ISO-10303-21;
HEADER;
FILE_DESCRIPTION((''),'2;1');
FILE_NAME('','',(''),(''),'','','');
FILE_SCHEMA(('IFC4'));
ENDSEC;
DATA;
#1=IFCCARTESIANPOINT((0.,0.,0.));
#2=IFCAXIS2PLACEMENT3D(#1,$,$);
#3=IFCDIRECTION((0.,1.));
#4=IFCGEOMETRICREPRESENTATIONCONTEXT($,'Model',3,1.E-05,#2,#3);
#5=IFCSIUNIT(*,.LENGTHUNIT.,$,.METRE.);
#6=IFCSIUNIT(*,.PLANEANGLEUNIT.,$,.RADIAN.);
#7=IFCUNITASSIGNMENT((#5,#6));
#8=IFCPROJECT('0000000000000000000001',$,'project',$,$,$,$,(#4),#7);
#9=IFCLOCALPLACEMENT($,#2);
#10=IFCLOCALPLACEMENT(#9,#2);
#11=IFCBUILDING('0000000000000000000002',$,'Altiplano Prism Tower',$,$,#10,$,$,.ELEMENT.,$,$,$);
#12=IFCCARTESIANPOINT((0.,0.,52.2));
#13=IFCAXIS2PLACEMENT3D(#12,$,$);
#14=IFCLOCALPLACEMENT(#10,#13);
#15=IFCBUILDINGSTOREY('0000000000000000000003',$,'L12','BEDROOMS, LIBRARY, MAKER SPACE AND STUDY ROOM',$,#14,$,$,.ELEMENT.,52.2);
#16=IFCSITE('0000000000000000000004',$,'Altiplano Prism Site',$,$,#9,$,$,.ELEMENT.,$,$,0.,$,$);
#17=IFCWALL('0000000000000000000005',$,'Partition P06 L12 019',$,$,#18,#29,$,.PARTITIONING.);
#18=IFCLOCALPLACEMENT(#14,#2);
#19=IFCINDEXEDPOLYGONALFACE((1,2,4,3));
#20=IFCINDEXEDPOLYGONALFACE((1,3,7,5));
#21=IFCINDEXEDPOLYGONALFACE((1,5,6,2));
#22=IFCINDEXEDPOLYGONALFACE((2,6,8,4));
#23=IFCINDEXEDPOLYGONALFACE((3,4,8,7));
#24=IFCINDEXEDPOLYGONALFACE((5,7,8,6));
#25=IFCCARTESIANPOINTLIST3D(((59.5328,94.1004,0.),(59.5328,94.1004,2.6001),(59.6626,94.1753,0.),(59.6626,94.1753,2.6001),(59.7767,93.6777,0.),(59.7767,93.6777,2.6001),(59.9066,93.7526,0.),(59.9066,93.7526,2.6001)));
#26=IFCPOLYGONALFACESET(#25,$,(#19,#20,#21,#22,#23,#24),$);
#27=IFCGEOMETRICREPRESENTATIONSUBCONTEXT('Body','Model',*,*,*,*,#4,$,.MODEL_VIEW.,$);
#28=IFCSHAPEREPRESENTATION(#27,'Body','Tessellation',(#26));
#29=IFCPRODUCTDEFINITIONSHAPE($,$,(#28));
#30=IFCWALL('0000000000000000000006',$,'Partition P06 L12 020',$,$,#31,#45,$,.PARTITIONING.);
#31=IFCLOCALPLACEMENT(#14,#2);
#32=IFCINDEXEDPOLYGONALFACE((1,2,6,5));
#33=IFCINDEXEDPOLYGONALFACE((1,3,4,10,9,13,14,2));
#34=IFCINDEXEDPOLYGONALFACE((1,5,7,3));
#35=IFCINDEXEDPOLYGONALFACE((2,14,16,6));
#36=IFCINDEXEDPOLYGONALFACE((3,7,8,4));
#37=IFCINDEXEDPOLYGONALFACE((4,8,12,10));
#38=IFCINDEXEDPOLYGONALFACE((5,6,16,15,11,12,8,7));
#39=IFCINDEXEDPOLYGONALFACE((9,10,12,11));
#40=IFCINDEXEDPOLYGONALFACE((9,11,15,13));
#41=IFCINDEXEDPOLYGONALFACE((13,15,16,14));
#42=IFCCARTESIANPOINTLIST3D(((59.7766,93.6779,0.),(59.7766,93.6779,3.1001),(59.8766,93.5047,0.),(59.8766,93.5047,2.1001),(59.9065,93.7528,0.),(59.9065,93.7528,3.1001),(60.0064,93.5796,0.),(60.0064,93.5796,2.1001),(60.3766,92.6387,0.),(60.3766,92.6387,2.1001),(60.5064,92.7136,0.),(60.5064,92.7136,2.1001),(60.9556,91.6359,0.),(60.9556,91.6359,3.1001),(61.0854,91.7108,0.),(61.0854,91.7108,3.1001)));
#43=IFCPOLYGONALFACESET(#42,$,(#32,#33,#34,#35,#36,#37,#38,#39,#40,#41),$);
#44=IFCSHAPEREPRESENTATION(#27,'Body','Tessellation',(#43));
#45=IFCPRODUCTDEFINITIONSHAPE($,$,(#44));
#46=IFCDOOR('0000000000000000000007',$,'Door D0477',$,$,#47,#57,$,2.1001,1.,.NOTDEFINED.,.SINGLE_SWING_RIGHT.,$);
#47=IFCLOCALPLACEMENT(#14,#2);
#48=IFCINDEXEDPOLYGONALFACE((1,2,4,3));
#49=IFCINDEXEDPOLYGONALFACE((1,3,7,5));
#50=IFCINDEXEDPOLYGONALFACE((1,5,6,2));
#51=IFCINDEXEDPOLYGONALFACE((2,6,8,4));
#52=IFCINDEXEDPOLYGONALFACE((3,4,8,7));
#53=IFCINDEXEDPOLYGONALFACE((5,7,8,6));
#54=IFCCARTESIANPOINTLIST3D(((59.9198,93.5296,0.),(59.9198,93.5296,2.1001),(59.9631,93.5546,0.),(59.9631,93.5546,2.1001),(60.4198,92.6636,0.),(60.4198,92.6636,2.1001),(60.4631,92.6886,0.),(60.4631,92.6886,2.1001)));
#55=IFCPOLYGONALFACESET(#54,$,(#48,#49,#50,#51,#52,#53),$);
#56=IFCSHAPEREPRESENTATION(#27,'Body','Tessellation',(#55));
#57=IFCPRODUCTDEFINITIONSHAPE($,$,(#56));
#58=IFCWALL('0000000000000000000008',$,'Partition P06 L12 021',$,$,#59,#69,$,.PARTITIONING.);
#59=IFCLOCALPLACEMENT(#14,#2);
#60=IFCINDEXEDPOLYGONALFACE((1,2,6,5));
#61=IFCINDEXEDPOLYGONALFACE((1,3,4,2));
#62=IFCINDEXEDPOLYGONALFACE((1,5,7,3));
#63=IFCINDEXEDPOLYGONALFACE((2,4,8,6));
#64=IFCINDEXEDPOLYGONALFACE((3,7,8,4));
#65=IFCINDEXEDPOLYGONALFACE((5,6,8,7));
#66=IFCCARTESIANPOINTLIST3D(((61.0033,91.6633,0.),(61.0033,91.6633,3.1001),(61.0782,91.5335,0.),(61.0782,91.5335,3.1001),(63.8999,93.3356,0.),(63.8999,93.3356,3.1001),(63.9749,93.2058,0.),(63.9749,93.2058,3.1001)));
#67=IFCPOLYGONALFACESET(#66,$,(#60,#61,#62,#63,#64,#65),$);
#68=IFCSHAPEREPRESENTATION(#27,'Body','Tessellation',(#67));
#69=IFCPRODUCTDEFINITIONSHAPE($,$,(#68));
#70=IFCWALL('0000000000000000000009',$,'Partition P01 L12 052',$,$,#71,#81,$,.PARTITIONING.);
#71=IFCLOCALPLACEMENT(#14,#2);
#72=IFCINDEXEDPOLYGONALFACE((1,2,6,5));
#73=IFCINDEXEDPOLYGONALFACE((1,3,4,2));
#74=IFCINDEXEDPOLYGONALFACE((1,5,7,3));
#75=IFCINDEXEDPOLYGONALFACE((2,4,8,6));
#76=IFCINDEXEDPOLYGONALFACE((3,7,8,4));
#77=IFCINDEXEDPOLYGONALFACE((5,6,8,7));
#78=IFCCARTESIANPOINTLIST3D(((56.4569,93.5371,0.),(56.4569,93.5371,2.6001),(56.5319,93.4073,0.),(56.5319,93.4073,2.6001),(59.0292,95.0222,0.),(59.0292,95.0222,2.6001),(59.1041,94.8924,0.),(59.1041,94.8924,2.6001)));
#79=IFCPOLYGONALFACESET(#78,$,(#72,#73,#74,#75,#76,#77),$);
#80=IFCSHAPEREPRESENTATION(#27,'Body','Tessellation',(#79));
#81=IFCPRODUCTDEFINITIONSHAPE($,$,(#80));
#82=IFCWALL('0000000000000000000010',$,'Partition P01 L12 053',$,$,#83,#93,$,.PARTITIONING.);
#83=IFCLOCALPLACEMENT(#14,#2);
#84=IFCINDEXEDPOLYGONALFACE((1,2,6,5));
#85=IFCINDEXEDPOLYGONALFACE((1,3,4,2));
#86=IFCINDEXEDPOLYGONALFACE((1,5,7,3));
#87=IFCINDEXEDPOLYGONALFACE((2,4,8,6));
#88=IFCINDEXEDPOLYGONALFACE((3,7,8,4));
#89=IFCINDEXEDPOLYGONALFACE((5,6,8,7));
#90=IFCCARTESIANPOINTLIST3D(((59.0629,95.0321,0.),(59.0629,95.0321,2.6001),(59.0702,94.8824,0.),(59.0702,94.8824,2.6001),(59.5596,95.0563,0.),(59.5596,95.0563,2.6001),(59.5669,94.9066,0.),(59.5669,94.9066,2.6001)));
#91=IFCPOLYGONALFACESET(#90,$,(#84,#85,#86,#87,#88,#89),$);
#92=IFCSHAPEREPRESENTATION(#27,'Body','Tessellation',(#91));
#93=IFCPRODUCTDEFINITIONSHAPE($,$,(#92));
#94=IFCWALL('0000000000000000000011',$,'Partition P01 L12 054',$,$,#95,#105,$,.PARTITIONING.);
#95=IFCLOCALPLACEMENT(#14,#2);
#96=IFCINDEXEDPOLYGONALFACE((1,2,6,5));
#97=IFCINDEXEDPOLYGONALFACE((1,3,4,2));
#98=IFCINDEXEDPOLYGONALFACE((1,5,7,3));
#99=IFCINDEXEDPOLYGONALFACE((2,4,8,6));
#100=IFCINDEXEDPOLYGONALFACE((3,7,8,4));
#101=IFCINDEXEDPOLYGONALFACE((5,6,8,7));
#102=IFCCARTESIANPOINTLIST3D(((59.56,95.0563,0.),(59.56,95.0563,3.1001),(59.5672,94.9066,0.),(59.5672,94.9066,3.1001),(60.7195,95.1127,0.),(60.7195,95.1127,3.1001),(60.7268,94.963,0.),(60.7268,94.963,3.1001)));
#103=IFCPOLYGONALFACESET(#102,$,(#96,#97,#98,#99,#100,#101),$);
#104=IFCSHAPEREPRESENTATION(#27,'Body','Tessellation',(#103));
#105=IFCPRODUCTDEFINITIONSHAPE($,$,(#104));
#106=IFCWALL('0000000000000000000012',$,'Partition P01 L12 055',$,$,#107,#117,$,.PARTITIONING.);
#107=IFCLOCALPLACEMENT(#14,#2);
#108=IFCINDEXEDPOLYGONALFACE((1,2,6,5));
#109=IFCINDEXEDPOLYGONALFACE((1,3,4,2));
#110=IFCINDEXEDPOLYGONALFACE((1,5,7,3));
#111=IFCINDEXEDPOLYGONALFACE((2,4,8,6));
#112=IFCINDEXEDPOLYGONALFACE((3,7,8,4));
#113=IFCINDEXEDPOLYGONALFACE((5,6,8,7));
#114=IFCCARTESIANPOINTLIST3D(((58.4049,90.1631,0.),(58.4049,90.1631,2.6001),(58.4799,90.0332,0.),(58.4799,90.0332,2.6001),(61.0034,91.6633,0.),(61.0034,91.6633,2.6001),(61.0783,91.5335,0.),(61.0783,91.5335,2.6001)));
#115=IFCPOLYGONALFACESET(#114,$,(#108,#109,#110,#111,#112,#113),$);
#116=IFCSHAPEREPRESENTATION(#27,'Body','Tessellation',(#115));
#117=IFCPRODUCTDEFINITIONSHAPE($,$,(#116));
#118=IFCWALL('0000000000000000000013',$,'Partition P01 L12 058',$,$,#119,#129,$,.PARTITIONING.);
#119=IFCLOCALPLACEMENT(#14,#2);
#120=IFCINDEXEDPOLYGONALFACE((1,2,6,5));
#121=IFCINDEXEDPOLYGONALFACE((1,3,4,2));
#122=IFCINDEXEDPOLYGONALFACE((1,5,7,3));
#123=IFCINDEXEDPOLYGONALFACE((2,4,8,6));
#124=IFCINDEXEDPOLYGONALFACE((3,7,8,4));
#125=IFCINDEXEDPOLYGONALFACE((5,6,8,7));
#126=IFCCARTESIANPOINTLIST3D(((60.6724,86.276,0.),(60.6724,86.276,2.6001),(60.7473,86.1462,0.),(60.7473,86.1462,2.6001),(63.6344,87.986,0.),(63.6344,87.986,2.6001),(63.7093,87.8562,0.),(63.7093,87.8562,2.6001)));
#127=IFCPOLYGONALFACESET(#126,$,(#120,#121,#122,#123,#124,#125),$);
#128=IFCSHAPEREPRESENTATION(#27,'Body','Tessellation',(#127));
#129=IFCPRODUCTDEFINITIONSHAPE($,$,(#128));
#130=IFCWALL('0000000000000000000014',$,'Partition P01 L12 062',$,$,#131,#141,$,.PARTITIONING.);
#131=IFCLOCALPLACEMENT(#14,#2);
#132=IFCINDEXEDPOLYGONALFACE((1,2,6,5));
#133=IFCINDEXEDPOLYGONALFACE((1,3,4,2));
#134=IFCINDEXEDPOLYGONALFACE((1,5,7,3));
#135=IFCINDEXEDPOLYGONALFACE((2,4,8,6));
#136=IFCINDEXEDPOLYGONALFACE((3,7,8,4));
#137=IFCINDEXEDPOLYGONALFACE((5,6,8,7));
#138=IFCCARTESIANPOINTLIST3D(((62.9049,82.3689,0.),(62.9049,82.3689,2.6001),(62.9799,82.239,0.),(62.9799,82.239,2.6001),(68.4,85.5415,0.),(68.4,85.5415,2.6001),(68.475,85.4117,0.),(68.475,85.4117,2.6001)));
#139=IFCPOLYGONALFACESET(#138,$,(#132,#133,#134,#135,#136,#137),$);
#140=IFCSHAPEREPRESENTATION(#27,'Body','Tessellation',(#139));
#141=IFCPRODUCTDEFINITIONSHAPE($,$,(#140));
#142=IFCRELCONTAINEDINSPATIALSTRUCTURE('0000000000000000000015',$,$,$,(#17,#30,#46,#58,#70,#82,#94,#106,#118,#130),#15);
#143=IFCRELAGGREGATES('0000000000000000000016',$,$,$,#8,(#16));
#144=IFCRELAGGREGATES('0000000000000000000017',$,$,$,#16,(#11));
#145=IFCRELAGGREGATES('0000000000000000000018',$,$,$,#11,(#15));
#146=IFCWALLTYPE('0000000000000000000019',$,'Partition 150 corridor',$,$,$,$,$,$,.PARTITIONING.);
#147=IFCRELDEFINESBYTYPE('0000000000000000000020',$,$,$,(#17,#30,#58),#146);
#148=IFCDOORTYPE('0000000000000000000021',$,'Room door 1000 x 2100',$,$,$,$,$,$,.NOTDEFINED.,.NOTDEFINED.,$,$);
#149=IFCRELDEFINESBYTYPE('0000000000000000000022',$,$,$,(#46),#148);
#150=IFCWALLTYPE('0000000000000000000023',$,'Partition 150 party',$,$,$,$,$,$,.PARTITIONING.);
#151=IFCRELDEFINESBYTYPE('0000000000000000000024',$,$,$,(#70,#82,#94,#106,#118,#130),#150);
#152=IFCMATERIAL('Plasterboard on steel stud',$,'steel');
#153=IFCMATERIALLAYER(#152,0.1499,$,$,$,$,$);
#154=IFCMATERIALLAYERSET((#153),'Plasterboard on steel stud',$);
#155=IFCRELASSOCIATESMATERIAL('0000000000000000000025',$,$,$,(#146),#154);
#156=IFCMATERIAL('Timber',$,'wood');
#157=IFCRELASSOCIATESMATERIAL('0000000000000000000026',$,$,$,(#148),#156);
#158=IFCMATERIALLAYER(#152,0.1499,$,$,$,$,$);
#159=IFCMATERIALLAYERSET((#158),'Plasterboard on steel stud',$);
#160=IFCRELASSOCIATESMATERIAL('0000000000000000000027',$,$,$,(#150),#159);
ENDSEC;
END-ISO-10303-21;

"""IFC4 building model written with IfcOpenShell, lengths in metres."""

from ifc_helpers import new_model, si_unit, direction, frame, frame_2d, origin, place, context, subcontext, project, spatial, rectangle, extrude, material, layer, layer_set, type_object, element, fill, save


model = new_model("IFC4")

# Units and contexts
model_context = context("Model", 3, precision=1e-05, world=origin(), true_north=direction((0.0, 1.0)))
body_context = subcontext(model_context, "Body", "Model", "MODEL_VIEW")
ifc_project = project(units=[si_unit("LENGTHUNIT", "METRE"), si_unit("PLANEANGLEUNIT", "RADIAN")], contexts=[model_context])

# Site, building, storey
site_placement = place(None, origin())
site = spatial("IfcSite", under=ifc_project, at=site_placement, Name="Altiplano Prism Site", CompositionType="ELEMENT", RefElevation=0.0)
building_placement = place(site_placement, origin())
building = spatial("IfcBuilding", under=site, at=building_placement, Name="Altiplano Prism Tower", CompositionType="ELEMENT")
storey_placement = place(building_placement, frame((0.0, 0.0, 52.2)))
storey = spatial("IfcBuildingStorey", under=building, at=storey_placement, Name="L12", Description="BEDROOMS, LIBRARY, MAKER SPACE AND STUDY ROOM", CompositionType="ELEMENT", Elevation=52.2)

# Shared definitions
ifc_material_1 = material(Name="Plasterboard on steel stud", Category="steel")

# Shared definitions
ifc_material_2 = material(Name="Timber", Category="wood")

# Wall
ifc_layer_1 = layer(ifc_material_1, 0.1499)
ifc_layer_set_1 = layer_set([ifc_layer_1], Name="Plasterboard on steel stud")
wall_type_1 = type_object("IfcWallType", Name="Partition 150 corridor", PredefinedType="PARTITIONING", material=ifc_layer_set_1)
wall_1_placement = place(storey_placement, frame((59.5977, 94.1379, 0.0), z_axis=(0.0, 0.0, 1.0), x_axis=(0.499852, -0.866111, 0.0)))
element("IfcWall", 1, at=wall_1_placement, inside=storey, type_object=wall_type_1, Name="Partition P06 L12 019", PredefinedType="PARTITIONING", context=body_context, shape_type="SweptSolid", body=[
    extrude(rectangle(XDim=0.488, YDim=0.1499, at=frame_2d((0.2441, 0.0))), origin(), (0.0, 0.0, 1.0), 2.6001),
])

# Wall, opening, door
wall_2_placement = place(storey_placement, frame((59.8416, 93.7153, 0.0), z_axis=(0.0, 0.0, 1.0), x_axis=(0.500003, -0.866024, 0.0)))
wall_2 = element("IfcWall", 2, at=wall_2_placement, inside=storey, type_object=wall_type_1, Name="Partition P06 L12 020", PredefinedType="PARTITIONING", context=body_context, shape_type="SweptSolid", body=[
    extrude(rectangle(XDim=2.3579, YDim=0.1499, at=frame_2d((1.179, 0.0))), origin(), (0.0, 0.0, 1.0), 3.1001),
])
opening_1_placement = place(wall_2_placement, frame((0.2, 0.0, 0.0)))
opening_1 = element("IfcOpeningElement", 3, at=opening_1_placement, cuts=wall_2, PredefinedType="OPENING", context=body_context, shape_type="SweptSolid", body=[
    extrude(rectangle(XDim=1.0, YDim=2.1001, at=frame_2d((0.5, 1.05))), frame((0.0, 0.0854, 0.0), z_axis=(0.0, -1.0, 0.0), x_axis=(1.0, 0.0, 0.0)), (0.0, 0.0, 1.0), 0.1709),
])
door_type_1 = type_object("IfcDoorType", Name="Room door 1000 x 2100", OperationType="NOTDEFINED", PredefinedType="NOTDEFINED", material=ifc_material_2)
door_1_placement = place(opening_1_placement, origin())
door_1 = element("IfcDoor", 4, at=door_1_placement, inside=storey, type_object=door_type_1, Name="Door D0477", OperationType="SINGLE_SWING_RIGHT", OverallHeight=2.1001, OverallWidth=1.0, PredefinedType="NOTDEFINED", context=body_context, shape_type="SweptSolid", body=[
    extrude(rectangle(XDim=1.0, YDim=2.1001, at=frame_2d((0.5, 1.05))), frame((0.0, 0.0249, 0.0), z_axis=(0.0, -1.0, 0.0), x_axis=(1.0, 0.0, 0.0)), (0.0, 0.0, 1.0), 0.05),
])
fill(opening_1, door_1)

# Walls
wall_3_placement = place(storey_placement, frame((61.0408, 91.5984, 0.0), z_axis=(0.0, 0.0, 1.0), x_axis=(0.866034, 0.499986, 0.0)))
element("IfcWall", 5, at=wall_3_placement, inside=storey, type_object=wall_type_1, Name="Partition P06 L12 021", PredefinedType="PARTITIONING", context=body_context, shape_type="SweptSolid", body=[
    extrude(rectangle(XDim=3.3447, YDim=0.1499, at=frame_2d((1.6724, 0.0))), origin(), (0.0, 0.0, 1.0), 3.1001),
])
ifc_layer_2 = layer(ifc_material_1, 0.1499)
ifc_layer_set_2 = layer_set([ifc_layer_2], Name="Plasterboard on steel stud")
wall_type_2 = type_object("IfcWallType", Name="Partition 150 party", PredefinedType="PARTITIONING", material=ifc_layer_set_2)
wall_4_placement = place(storey_placement, frame((56.4944, 93.4722, 0.0), z_axis=(0.0, 0.0, 1.0), x_axis=(0.866024, 0.500002, 0.0)))
element("IfcWall", 6, at=wall_4_placement, inside=storey, type_object=wall_type_2, Name="Partition P01 L12 052", PredefinedType="PARTITIONING", context=body_context, shape_type="SweptSolid", body=[
    extrude(rectangle(XDim=2.9702, YDim=0.1499, at=frame_2d((1.4851, 0.0))), origin(), (0.0, 0.0, 1.0), 2.6001),
])
wall_5_placement = place(storey_placement, frame((59.0667, 94.9573, 0.0), z_axis=(0.0, 0.0, 1.0), x_axis=(0.998819, 0.048591, 0.0)))
element("IfcWall", 7, at=wall_5_placement, inside=storey, type_object=wall_type_2, Name="Partition P01 L12 053", PredefinedType="PARTITIONING", context=body_context, shape_type="SweptSolid", body=[
    extrude(rectangle(XDim=0.4973, YDim=0.1499, at=frame_2d((0.2485, 0.0))), origin(), (0.0, 0.0, 1.0), 2.6001),
])
wall_6_placement = place(storey_placement, frame((59.5635, 94.9814, 0.0), z_axis=(0.0, 0.0, 1.0), x_axis=(0.998819, 0.048584, 0.0)))
element("IfcWall", 8, at=wall_6_placement, inside=storey, type_object=wall_type_2, Name="Partition P01 L12 054", PredefinedType="PARTITIONING", context=body_context, shape_type="SweptSolid", body=[
    extrude(rectangle(XDim=1.1609, YDim=0.1499, at=frame_2d((0.5806, 0.0))), origin(), (0.0, 0.0, 1.0), 3.1001),
])
wall_7_placement = place(storey_placement, frame((58.4424, 90.0981, 0.0), z_axis=(0.0, 0.0, 1.0), x_axis=(0.866016, 0.500016, 0.0)))
element("IfcWall", 9, at=wall_7_placement, inside=storey, type_object=wall_type_2, Name="Partition P01 L12 055", PredefinedType="PARTITIONING", context=body_context, shape_type="SweptSolid", body=[
    extrude(rectangle(XDim=3.0005, YDim=0.1499, at=frame_2d((1.5002, 0.0))), origin(), (0.0, 0.0, 1.0), 2.6001),
])
wall_8_placement = place(storey_placement, frame((60.71, 86.2112, 0.0), z_axis=(0.0, 0.0, 1.0), x_axis=(0.866038, 0.499978, 0.0)))
element("IfcWall", 10, at=wall_8_placement, inside=storey, type_object=wall_type_2, Name="Partition P01 L12 058", PredefinedType="PARTITIONING", context=body_context, shape_type="SweptSolid", body=[
    extrude(rectangle(XDim=3.4202, YDim=0.1499, at=frame_2d((1.71, 0.0))), origin(), (0.0, 0.0, 1.0), 2.6001),
])
wall_9_placement = place(storey_placement, frame((62.9424, 82.304, 0.0), z_axis=(0.0, 0.0, 1.0), x_axis=(0.866025, 0.5, 0.0)))
element("IfcWall", 11, at=wall_9_placement, inside=storey, type_object=wall_type_2, Name="Partition P01 L12 062", PredefinedType="PARTITIONING", context=body_context, shape_type="SweptSolid", body=[
    extrude(rectangle(XDim=6.3452, YDim=0.1499, at=frame_2d((3.1726, 0.0))), origin(), (0.0, 0.0, 1.0), 2.6001),
])

save(model, "model.ifc")
